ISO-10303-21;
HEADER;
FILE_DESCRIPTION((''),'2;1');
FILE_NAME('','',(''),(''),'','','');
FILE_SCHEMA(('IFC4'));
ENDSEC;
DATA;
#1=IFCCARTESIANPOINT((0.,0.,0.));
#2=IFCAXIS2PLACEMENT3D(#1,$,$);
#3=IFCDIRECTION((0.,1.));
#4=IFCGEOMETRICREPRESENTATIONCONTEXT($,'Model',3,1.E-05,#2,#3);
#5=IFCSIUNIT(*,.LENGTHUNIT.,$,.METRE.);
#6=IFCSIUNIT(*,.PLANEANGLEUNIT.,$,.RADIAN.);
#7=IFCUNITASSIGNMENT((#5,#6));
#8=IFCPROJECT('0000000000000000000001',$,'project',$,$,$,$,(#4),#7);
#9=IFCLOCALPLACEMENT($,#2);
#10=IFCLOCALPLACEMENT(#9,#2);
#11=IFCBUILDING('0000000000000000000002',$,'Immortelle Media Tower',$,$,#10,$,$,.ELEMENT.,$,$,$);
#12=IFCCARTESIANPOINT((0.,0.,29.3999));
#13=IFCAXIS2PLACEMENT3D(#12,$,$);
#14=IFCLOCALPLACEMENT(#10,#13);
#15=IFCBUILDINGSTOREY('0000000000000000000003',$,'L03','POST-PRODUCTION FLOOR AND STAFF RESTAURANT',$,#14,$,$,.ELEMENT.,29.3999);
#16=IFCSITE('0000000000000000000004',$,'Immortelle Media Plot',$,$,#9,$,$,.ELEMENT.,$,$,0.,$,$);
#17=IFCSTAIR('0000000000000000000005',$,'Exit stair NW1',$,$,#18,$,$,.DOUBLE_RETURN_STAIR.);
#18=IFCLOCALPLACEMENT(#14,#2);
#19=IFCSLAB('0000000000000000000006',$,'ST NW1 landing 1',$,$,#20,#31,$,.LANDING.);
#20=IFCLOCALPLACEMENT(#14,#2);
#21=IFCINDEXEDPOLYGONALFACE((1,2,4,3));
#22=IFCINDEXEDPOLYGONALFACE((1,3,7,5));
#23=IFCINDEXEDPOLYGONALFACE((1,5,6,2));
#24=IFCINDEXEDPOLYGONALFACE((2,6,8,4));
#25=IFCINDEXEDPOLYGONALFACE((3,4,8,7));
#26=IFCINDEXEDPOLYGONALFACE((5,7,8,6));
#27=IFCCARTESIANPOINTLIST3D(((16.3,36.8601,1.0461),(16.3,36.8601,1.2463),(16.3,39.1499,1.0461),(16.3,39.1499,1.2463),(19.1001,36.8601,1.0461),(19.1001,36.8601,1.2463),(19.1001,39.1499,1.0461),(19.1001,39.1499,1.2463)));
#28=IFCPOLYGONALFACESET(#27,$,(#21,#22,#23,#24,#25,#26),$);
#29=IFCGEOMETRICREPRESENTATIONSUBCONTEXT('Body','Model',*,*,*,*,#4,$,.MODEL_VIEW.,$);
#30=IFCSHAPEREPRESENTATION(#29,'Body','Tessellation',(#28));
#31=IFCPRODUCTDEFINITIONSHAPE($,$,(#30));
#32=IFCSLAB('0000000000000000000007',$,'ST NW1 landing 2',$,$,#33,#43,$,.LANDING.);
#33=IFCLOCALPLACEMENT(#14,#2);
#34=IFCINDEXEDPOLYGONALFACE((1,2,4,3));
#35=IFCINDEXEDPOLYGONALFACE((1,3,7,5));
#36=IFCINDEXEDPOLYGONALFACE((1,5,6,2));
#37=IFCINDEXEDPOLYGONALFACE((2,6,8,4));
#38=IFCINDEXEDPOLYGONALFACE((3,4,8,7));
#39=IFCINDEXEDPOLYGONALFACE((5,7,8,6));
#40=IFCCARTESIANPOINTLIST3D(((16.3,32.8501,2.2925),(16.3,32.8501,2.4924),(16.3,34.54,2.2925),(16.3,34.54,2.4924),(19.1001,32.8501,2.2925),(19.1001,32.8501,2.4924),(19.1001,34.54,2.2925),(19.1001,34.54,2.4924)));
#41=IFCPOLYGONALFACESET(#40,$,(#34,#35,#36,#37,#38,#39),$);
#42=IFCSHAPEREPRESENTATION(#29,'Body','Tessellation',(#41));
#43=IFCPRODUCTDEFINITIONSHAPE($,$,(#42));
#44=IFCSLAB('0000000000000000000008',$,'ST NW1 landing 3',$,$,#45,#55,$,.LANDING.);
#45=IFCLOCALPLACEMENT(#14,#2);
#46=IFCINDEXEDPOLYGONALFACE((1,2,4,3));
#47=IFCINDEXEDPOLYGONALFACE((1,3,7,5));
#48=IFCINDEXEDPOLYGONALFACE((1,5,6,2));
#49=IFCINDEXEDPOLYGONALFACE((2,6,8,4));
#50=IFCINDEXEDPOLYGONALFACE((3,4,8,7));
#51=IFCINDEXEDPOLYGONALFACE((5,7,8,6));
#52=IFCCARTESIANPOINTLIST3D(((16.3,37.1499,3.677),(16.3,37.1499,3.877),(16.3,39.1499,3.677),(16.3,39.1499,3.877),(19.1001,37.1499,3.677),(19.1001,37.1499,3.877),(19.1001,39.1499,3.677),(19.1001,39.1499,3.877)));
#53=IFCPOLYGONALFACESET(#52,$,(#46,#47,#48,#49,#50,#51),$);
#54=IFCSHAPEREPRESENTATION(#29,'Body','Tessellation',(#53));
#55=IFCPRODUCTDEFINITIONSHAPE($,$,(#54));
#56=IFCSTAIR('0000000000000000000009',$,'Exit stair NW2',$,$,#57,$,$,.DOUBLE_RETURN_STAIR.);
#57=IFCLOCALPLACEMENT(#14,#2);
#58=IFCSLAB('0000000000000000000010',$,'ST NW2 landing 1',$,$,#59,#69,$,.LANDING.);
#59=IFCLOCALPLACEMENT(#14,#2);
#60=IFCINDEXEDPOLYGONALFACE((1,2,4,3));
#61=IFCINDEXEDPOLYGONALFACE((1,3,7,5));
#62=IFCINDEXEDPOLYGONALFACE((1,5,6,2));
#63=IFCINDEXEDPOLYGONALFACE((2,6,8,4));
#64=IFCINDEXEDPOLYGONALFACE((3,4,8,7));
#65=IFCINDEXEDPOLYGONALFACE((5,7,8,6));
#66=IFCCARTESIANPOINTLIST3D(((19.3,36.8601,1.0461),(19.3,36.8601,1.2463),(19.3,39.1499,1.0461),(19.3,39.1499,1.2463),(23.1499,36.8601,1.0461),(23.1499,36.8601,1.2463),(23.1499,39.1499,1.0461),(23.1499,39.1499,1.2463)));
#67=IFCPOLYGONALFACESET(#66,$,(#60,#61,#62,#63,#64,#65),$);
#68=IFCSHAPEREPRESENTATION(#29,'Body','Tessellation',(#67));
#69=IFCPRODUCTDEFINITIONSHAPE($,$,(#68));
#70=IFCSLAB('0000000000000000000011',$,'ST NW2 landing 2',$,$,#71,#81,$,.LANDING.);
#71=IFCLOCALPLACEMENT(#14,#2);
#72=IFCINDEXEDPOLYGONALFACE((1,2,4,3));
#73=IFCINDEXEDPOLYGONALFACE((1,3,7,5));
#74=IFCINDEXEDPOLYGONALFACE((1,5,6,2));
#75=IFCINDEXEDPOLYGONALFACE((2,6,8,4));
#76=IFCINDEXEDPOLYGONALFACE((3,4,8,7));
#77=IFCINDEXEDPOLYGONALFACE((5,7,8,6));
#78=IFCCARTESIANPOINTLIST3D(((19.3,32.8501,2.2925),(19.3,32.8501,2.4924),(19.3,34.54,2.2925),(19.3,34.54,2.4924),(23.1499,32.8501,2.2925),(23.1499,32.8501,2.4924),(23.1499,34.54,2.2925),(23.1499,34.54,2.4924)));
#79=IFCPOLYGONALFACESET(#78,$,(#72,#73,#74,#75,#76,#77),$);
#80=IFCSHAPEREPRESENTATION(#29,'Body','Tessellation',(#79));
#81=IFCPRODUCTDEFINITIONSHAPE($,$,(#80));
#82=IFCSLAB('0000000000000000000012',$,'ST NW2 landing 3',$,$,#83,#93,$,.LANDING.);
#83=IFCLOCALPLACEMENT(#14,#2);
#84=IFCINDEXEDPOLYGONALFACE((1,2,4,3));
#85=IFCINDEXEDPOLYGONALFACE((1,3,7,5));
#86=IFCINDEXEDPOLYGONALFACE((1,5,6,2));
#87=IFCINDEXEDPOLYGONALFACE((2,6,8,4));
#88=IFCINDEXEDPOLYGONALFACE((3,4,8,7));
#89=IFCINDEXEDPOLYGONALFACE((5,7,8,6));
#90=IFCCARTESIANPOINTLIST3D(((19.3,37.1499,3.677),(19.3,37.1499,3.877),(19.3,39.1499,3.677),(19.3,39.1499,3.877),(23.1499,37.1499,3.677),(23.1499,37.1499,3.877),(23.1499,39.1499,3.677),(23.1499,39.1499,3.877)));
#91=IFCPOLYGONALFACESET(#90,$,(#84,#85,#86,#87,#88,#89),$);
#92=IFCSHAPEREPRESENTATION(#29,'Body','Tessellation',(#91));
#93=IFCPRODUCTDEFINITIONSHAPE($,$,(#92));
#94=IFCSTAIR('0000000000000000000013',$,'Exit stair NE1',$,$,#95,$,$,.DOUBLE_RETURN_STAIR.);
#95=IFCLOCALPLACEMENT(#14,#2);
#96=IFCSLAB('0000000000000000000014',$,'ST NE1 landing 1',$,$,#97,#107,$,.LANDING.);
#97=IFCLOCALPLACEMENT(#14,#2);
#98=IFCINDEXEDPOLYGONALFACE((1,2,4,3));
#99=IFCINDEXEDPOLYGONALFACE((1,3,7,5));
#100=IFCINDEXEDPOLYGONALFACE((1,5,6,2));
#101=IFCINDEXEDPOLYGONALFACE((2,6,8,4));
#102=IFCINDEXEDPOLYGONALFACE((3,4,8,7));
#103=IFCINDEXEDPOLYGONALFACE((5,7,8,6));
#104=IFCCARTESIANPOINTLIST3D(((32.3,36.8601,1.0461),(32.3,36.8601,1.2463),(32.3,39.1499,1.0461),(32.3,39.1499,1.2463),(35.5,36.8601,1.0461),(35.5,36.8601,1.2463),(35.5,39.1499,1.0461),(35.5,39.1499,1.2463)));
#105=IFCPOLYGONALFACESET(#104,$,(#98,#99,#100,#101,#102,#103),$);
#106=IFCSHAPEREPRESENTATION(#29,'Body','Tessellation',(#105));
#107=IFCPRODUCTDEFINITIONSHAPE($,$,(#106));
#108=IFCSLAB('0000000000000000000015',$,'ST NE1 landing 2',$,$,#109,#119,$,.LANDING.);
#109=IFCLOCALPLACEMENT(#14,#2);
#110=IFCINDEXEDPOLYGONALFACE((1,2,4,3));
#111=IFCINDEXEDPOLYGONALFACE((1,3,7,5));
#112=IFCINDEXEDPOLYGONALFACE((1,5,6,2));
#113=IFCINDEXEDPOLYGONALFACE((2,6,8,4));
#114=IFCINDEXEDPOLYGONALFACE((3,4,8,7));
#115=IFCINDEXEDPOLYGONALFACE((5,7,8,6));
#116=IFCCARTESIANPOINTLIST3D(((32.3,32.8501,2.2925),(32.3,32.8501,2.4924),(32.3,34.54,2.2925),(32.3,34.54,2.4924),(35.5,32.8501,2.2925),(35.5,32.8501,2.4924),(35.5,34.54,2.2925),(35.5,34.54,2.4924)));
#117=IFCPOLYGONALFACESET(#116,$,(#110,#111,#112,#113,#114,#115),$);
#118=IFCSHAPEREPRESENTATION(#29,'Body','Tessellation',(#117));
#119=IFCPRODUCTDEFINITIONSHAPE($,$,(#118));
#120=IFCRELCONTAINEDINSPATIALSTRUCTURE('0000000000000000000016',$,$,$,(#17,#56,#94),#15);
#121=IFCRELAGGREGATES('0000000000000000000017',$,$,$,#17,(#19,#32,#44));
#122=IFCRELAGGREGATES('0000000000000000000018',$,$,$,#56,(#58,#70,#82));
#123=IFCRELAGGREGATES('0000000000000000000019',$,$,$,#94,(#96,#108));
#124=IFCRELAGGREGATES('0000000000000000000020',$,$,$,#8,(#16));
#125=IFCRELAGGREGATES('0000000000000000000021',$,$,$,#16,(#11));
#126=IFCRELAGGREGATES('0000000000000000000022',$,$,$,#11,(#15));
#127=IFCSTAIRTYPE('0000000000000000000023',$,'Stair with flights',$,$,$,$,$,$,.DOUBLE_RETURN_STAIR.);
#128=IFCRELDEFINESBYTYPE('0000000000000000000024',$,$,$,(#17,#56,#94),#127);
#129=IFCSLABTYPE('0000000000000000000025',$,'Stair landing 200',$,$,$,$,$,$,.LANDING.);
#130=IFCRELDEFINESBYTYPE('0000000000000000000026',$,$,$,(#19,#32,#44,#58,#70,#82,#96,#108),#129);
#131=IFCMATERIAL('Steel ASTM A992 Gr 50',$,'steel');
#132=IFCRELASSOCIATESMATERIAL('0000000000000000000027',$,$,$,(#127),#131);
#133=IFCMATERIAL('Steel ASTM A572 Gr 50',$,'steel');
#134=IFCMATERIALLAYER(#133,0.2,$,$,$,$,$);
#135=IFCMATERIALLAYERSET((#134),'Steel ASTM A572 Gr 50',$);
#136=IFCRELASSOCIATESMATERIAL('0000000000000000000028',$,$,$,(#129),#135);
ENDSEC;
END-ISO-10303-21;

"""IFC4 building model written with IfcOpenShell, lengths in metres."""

from ifc_helpers import new_model, si_unit, direction, frame, origin, place, context, subcontext, project, spatial, polyline, outline, extrude, material, layer, layer_set, type_object, element, aggregate, save


model = new_model("IFC4")

# Units and contexts
model_context = context("Model", 3, precision=1e-05, world=origin(), true_north=direction((0.0, 1.0)))
body_context = subcontext(model_context, "Body", "Model", "MODEL_VIEW")
ifc_project = project(units=[si_unit("LENGTHUNIT", "METRE"), si_unit("PLANEANGLEUNIT", "RADIAN")], contexts=[model_context])

# Site, building, storey
site_placement = place(None, origin())
site = spatial("IfcSite", under=ifc_project, at=site_placement, Name="Immortelle Media Plot", CompositionType="ELEMENT", RefElevation=0.0)
building_placement = place(site_placement, origin())
building = spatial("IfcBuilding", under=site, at=building_placement, Name="Immortelle Media Tower", CompositionType="ELEMENT")
storey_placement = place(building_placement, frame((0.0, 0.0, 29.3999)))
storey = spatial("IfcBuildingStorey", under=building, at=storey_placement, Name="L03", Description="POST-PRODUCTION FLOOR AND STAFF RESTAURANT", CompositionType="ELEMENT", Elevation=29.3999)

# Stairs, slabs
ifc_material_1 = material(Name="Steel ASTM A992 Gr 50", Category="steel")
stair_type = type_object("IfcStairType", Name="Stair with flights", PredefinedType="DOUBLE_RETURN_STAIR", material=ifc_material_1)
ifc_material_2 = material(Name="Steel ASTM A572 Gr 50", Category="steel")
ifc_layer_1 = layer(ifc_material_2, 0.2)
ifc_layer_set_1 = layer_set([ifc_layer_1], Name="Steel ASTM A572 Gr 50")
slab_type_1 = type_object("IfcSlabType", Name="Stair landing 200", PredefinedType="LANDING", material=ifc_layer_set_1)
stair_1_placement = place(storey_placement, origin())
stair_1 = element("IfcStair", 1, at=stair_1_placement, inside=storey, type_object=stair_type, Name="Exit stair NW1", PredefinedType="DOUBLE_RETURN_STAIR")
slab_1_placement = place(storey_placement, frame((0.0, 0.0, 1.0461)))
slab_1 = element("IfcSlab", 2, at=slab_1_placement, type_object=slab_type_1, Name="ST NW1 landing 1", PredefinedType="LANDING", context=body_context, shape_type="SweptSolid", body=[
    extrude(outline(polyline([(16.3, 36.8601), (19.1001, 36.8601), (19.1001, 39.1499), (16.3, 39.1499), (16.3, 36.8601)])), origin(), (0.0, 0.0, 1.0), 0.2002),
])
slab_2_placement = place(storey_placement, frame((0.0, 0.0, 2.2925)))
slab_2 = element("IfcSlab", 3, at=slab_2_placement, type_object=slab_type_1, Name="ST NW1 landing 2", PredefinedType="LANDING", context=body_context, shape_type="SweptSolid", body=[
    extrude(outline(polyline([(16.3, 32.8501), (19.1001, 32.8501), (19.1001, 34.54), (16.3, 34.54), (16.3, 32.8501)])), origin(), (0.0, 0.0, 1.0), 0.2),
])
slab_3_placement = place(storey_placement, frame((0.0, 0.0, 3.677)))
slab_3 = element("IfcSlab", 4, at=slab_3_placement, type_object=slab_type_1, Name="ST NW1 landing 3", PredefinedType="LANDING", context=body_context, shape_type="SweptSolid", body=[
    extrude(outline(polyline([(16.3, 37.1499), (19.1001, 37.1499), (19.1001, 39.1499), (16.3, 39.1499), (16.3, 37.1499)])), origin(), (0.0, 0.0, 1.0), 0.2),
])
aggregate(stair_1, [slab_1, slab_2, slab_3])
stair_2_placement = place(storey_placement, origin())
stair_2 = element("IfcStair", 5, at=stair_2_placement, inside=storey, type_object=stair_type, Name="Exit stair NW2", PredefinedType="DOUBLE_RETURN_STAIR")
slab_4_placement = place(storey_placement, frame((0.0, 0.0, 1.0461)))
slab_4 = element("IfcSlab", 6, at=slab_4_placement, type_object=slab_type_1, Name="ST NW2 landing 1", PredefinedType="LANDING", context=body_context, shape_type="SweptSolid", body=[
    extrude(outline(polyline([(19.3, 36.8601), (23.1499, 36.8601), (23.1499, 39.1499), (19.3, 39.1499), (19.3, 36.8601)])), origin(), (0.0, 0.0, 1.0), 0.2002),
])
slab_5_placement = place(storey_placement, frame((0.0, 0.0, 2.2925)))
slab_5 = element("IfcSlab", 7, at=slab_5_placement, type_object=slab_type_1, Name="ST NW2 landing 2", PredefinedType="LANDING", context=body_context, shape_type="SweptSolid", body=[
    extrude(outline(polyline([(19.3, 32.8501), (23.1499, 32.8501), (23.1499, 34.54), (19.3, 34.54), (19.3, 32.8501)])), origin(), (0.0, 0.0, 1.0), 0.2),
])
slab_6_placement = place(storey_placement, frame((0.0, 0.0, 3.677)))
slab_6 = element("IfcSlab", 8, at=slab_6_placement, type_object=slab_type_1, Name="ST NW2 landing 3", PredefinedType="LANDING", context=body_context, shape_type="SweptSolid", body=[
    extrude(outline(polyline([(19.3, 37.1499), (23.1499, 37.1499), (23.1499, 39.1499), (19.3, 39.1499), (19.3, 37.1499)])), origin(), (0.0, 0.0, 1.0), 0.2),
])
aggregate(stair_2, [slab_4, slab_5, slab_6])
stair_3_placement = place(storey_placement, origin())
stair_3 = element("IfcStair", 9, at=stair_3_placement, inside=storey, type_object=stair_type, Name="Exit stair NE1", PredefinedType="DOUBLE_RETURN_STAIR")
slab_7_placement = place(storey_placement, frame((0.0, 0.0, 1.0461)))
slab_7 = element("IfcSlab", 10, at=slab_7_placement, type_object=slab_type_1, Name="ST NE1 landing 1", PredefinedType="LANDING", context=body_context, shape_type="SweptSolid", body=[
    extrude(outline(polyline([(32.3, 36.8601), (35.5, 36.8601), (35.5, 39.1499), (32.3, 39.1499), (32.3, 36.8601)])), origin(), (0.0, 0.0, 1.0), 0.2002),
])
slab_8_placement = place(storey_placement, frame((0.0, 0.0, 2.2925)))
slab_8 = element("IfcSlab", 11, at=slab_8_placement, type_object=slab_type_1, Name="ST NE1 landing 2", PredefinedType="LANDING", context=body_context, shape_type="SweptSolid", body=[
    extrude(outline(polyline([(32.3, 32.8501), (35.5, 32.8501), (35.5, 34.54), (32.3, 34.54), (32.3, 32.8501)])), origin(), (0.0, 0.0, 1.0), 0.2),
])
aggregate(stair_3, [slab_7, slab_8])

save(model, "model.ifc")
